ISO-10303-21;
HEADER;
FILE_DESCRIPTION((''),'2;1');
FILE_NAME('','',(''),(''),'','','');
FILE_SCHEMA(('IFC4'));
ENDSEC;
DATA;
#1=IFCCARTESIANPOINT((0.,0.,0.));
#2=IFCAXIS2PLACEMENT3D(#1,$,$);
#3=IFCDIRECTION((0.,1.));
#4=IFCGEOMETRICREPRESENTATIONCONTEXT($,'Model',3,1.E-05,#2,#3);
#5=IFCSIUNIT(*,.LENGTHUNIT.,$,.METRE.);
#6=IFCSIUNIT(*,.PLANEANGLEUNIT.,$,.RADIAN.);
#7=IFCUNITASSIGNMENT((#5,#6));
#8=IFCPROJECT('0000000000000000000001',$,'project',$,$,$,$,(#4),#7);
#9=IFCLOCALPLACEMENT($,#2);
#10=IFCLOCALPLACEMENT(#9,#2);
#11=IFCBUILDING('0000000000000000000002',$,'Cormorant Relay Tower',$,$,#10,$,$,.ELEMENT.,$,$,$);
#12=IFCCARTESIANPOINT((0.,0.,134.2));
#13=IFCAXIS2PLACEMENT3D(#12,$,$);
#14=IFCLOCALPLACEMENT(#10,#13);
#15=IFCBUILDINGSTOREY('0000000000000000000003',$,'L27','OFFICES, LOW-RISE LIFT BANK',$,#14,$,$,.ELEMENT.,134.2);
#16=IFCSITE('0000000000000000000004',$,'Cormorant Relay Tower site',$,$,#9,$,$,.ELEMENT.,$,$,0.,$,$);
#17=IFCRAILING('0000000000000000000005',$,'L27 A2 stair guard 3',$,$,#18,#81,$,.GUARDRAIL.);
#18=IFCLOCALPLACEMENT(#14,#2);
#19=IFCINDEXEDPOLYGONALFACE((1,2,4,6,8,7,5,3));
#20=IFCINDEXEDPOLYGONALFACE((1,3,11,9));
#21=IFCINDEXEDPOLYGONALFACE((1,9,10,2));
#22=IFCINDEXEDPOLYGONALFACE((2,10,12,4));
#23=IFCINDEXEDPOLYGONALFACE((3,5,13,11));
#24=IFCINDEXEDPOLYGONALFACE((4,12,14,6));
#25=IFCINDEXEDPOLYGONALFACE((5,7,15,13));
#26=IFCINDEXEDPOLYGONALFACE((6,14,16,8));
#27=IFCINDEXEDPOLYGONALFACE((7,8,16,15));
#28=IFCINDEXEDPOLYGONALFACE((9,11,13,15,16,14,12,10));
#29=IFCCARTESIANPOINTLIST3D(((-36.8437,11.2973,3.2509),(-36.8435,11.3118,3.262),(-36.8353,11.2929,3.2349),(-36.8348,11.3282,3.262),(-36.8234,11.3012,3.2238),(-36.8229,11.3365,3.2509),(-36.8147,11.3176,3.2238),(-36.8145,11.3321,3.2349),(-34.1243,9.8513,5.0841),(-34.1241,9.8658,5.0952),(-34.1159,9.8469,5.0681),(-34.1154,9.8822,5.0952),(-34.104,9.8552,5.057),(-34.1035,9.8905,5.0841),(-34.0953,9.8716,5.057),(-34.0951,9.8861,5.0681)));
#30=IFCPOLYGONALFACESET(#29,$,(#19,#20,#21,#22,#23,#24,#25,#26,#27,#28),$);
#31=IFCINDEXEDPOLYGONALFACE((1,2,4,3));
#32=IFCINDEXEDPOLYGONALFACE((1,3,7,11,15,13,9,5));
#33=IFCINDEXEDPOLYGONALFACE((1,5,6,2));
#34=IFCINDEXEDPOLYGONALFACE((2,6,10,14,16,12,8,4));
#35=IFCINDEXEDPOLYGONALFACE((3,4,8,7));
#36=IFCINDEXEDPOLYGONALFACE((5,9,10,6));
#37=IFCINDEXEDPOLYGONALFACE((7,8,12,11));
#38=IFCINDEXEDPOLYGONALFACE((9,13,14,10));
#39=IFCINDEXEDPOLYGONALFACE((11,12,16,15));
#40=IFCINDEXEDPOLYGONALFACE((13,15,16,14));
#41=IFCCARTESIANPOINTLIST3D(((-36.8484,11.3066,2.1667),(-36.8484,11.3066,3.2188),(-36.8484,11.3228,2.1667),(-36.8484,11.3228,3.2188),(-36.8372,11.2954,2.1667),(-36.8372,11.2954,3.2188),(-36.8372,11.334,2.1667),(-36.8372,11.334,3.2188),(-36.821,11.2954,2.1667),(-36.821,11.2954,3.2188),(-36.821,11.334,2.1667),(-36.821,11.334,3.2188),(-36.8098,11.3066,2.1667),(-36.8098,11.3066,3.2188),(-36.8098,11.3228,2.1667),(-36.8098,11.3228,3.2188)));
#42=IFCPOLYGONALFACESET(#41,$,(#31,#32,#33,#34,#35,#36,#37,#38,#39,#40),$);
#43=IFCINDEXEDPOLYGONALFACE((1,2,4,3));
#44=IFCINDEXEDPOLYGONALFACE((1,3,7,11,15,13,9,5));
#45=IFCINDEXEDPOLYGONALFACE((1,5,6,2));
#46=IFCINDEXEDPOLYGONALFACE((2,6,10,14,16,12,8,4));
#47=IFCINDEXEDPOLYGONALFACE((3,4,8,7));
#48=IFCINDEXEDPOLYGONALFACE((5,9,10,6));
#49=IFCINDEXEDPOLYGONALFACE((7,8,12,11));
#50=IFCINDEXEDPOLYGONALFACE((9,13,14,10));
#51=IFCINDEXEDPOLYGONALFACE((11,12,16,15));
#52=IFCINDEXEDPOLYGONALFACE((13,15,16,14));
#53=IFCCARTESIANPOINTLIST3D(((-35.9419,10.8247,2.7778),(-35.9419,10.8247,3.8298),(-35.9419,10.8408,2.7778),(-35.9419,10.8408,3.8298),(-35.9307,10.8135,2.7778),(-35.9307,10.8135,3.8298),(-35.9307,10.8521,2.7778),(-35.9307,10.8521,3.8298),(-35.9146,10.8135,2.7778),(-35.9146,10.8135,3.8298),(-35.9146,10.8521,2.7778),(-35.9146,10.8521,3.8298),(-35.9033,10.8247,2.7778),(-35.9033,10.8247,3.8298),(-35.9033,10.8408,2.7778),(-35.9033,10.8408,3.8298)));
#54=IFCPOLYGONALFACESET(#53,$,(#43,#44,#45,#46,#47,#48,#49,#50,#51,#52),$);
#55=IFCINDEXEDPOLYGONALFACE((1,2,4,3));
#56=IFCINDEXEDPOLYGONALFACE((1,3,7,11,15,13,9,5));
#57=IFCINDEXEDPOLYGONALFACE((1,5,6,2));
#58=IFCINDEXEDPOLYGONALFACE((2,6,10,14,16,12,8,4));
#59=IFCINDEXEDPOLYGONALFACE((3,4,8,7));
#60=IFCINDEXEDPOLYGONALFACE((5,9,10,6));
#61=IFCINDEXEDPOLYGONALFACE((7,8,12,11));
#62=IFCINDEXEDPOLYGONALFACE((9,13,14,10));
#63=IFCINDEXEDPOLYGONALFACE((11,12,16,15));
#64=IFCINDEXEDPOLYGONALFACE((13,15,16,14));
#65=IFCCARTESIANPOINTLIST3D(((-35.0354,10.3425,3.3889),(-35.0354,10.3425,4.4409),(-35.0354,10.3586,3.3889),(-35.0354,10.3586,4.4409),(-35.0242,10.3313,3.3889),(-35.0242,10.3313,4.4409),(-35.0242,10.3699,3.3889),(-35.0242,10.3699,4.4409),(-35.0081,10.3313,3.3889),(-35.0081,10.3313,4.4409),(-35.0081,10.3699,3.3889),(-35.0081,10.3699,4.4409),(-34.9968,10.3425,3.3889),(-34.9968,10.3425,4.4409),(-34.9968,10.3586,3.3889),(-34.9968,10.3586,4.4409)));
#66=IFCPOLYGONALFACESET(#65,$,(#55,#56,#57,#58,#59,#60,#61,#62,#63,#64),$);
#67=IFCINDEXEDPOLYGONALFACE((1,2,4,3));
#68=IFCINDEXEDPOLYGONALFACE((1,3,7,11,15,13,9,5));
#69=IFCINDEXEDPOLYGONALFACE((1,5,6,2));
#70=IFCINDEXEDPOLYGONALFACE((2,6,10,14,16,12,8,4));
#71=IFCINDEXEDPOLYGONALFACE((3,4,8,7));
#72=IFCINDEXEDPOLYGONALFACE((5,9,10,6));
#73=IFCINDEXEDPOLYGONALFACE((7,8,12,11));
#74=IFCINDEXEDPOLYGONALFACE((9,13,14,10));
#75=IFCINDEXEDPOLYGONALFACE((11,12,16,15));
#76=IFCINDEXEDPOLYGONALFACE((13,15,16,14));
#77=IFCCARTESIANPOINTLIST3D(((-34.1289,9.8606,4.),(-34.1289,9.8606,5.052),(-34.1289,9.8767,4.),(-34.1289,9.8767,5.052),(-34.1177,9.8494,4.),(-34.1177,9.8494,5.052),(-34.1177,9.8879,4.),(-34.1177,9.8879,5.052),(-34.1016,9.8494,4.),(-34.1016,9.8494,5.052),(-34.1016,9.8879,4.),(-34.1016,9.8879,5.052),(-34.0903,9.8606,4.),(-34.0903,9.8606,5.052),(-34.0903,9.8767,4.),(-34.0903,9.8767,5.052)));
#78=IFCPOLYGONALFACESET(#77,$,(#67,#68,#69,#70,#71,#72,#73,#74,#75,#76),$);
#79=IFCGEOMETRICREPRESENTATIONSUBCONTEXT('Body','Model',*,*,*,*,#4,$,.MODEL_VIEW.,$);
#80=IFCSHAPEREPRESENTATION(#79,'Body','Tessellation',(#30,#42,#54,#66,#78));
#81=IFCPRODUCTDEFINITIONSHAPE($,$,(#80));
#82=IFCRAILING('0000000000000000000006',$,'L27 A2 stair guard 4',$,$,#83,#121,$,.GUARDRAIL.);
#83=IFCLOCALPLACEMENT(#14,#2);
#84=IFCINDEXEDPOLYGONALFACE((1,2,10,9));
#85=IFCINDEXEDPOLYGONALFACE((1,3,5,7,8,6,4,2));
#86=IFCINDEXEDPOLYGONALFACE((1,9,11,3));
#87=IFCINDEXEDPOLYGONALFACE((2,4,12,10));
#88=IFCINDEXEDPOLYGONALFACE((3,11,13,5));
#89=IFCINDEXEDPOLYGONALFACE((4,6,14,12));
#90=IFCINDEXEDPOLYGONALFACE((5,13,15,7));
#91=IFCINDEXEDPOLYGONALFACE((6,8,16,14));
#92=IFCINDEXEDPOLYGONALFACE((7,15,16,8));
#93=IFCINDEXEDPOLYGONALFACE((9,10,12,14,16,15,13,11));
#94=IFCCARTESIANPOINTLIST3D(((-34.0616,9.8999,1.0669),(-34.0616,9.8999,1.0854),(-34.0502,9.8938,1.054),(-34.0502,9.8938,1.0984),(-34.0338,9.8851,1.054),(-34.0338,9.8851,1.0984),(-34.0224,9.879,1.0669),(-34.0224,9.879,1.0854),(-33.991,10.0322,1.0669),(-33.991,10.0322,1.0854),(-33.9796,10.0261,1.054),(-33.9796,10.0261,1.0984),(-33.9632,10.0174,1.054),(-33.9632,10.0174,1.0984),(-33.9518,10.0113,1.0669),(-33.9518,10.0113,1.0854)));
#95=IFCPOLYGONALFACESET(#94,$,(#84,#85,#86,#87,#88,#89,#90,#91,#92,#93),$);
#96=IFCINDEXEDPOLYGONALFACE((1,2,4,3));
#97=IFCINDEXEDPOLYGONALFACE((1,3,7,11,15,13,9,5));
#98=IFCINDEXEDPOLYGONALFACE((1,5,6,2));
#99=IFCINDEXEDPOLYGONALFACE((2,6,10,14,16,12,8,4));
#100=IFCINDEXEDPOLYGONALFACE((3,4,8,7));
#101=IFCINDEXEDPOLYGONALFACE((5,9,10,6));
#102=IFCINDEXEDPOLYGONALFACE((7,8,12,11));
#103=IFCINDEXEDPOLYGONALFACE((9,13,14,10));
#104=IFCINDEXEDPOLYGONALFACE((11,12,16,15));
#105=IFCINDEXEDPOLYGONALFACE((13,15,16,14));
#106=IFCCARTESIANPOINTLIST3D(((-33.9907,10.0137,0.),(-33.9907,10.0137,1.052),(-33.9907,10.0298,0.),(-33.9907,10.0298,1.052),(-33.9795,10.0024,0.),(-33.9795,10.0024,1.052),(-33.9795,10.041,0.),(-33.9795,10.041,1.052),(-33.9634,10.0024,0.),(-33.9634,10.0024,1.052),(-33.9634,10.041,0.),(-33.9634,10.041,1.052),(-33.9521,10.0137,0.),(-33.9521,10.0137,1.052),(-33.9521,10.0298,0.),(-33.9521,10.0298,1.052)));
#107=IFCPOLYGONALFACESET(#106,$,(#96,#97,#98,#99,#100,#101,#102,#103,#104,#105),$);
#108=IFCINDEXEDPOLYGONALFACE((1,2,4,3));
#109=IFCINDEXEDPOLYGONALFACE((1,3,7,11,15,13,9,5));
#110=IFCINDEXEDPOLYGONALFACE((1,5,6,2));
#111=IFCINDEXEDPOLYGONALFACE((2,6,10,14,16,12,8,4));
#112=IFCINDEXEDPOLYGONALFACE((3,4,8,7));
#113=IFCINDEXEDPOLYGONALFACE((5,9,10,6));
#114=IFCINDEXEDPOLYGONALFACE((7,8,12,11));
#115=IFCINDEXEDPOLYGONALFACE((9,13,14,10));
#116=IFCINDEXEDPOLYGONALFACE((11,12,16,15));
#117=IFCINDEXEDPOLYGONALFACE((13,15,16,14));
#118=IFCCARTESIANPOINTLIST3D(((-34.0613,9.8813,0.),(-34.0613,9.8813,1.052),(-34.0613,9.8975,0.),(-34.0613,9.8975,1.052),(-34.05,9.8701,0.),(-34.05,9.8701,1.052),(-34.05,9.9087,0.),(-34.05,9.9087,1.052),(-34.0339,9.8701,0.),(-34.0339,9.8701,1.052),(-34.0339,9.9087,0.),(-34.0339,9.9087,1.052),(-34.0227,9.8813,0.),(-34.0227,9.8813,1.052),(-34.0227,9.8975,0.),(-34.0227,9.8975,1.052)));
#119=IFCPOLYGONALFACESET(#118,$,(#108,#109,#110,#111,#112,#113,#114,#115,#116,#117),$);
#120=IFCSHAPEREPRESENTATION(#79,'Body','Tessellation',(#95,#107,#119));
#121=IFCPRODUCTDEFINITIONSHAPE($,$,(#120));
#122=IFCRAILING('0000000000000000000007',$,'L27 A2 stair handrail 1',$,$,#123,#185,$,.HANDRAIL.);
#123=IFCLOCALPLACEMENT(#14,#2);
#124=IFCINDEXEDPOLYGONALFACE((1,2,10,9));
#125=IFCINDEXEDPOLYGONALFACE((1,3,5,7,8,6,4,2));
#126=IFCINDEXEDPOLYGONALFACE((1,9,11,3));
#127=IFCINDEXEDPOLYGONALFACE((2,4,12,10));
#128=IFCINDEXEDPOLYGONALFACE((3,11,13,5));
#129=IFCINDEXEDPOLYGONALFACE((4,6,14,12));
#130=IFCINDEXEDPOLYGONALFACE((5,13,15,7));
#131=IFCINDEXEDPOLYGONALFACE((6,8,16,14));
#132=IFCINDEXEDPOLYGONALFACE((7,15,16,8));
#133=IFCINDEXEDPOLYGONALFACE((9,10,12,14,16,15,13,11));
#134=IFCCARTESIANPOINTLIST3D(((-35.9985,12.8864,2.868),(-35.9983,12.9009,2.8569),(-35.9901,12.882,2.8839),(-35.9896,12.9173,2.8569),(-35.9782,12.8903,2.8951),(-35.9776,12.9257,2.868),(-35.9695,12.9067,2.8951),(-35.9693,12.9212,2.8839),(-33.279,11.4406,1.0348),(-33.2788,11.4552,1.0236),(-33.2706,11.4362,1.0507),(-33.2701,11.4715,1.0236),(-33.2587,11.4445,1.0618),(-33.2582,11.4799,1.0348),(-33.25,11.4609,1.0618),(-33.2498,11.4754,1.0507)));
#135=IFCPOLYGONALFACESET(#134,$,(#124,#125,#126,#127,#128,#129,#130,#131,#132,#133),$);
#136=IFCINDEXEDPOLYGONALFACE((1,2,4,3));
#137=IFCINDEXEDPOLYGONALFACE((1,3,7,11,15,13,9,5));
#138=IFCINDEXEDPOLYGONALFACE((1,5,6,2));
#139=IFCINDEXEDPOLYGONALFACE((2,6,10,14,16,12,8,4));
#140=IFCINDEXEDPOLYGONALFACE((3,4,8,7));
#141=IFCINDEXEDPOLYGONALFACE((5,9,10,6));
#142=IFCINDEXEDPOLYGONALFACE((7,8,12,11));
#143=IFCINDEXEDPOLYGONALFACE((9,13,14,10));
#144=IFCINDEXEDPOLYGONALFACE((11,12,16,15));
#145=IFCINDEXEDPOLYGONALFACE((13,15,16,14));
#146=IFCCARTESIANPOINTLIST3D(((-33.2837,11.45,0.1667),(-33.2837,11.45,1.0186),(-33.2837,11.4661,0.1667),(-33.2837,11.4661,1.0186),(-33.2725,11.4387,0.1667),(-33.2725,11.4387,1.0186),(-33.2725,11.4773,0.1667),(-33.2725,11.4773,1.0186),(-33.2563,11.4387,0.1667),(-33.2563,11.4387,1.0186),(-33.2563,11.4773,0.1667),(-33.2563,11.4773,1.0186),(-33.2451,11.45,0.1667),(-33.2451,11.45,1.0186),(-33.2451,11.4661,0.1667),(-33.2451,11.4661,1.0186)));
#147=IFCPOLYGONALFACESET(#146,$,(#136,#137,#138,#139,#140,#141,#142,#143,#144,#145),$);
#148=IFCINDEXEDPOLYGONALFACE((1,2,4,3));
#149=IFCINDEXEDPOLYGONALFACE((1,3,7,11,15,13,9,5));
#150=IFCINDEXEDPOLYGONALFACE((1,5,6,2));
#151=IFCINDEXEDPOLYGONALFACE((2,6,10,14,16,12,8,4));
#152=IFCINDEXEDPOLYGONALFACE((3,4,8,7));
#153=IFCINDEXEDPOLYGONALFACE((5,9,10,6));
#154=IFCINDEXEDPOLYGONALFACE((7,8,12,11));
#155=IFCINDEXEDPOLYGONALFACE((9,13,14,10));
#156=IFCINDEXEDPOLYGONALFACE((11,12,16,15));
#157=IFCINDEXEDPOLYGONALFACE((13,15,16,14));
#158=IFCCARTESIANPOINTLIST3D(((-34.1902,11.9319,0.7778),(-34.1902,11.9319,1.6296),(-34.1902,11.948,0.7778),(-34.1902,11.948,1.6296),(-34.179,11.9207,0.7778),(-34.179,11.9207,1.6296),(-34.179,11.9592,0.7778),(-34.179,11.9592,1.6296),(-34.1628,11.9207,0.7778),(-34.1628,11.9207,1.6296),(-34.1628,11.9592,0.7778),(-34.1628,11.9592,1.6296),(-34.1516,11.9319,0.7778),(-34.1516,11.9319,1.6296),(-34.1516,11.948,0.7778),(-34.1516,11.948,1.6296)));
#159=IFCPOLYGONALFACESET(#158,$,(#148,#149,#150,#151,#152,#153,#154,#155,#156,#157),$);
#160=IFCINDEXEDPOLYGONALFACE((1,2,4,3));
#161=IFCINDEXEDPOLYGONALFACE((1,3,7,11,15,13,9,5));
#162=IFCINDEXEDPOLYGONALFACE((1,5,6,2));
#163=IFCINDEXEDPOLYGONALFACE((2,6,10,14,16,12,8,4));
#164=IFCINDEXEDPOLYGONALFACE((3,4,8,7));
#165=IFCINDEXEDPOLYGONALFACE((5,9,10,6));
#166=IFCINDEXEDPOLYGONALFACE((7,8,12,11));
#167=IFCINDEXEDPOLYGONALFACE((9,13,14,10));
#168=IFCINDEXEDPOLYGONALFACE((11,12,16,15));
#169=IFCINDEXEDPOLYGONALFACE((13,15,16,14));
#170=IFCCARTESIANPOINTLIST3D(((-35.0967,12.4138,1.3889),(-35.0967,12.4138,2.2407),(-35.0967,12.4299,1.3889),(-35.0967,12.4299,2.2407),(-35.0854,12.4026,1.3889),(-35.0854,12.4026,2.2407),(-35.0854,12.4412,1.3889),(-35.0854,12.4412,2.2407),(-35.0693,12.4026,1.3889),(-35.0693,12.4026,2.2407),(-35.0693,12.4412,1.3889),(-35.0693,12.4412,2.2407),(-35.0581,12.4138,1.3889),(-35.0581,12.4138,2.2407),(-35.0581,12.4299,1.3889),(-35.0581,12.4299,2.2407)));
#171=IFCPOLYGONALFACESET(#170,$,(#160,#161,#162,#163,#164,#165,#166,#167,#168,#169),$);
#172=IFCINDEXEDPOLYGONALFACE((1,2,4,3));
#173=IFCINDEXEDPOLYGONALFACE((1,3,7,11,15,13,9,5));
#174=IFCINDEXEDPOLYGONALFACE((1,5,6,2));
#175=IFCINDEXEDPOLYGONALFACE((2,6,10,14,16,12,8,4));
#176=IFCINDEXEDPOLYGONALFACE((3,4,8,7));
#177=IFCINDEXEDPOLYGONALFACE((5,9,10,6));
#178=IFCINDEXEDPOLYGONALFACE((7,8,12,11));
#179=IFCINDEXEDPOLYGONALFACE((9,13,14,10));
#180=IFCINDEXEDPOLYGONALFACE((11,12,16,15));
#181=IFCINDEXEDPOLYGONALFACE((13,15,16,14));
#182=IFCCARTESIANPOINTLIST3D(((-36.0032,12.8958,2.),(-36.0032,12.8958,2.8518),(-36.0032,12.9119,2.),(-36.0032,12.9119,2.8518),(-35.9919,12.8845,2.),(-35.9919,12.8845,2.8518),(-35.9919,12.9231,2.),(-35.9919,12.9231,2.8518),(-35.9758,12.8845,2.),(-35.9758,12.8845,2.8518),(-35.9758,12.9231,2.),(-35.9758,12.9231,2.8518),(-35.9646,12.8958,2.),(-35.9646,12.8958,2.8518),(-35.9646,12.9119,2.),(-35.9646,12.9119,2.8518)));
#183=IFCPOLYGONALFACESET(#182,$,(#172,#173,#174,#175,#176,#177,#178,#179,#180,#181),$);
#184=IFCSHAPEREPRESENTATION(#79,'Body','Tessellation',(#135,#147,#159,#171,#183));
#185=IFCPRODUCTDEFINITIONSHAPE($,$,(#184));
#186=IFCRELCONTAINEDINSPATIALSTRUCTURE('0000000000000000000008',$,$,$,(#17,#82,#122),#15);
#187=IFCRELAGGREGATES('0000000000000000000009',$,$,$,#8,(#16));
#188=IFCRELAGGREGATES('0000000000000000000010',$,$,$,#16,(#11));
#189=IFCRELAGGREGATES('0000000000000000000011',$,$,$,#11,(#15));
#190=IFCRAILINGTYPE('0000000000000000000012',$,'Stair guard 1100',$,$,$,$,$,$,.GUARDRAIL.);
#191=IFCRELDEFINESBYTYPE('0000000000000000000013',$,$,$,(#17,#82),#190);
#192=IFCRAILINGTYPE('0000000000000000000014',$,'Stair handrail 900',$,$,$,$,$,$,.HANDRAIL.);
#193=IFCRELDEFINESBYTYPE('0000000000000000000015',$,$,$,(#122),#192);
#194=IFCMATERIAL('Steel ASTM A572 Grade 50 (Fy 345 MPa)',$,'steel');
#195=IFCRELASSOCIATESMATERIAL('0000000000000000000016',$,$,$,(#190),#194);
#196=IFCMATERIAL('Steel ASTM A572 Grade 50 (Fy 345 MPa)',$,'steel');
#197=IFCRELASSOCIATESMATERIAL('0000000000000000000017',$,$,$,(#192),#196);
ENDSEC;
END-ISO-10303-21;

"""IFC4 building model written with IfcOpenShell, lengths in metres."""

from ifc_helpers import new_model, si_unit, direction, frame, origin, place, context, subcontext, project, spatial, polyline, outline, extrude, material, type_object, element, save


model = new_model("IFC4")

# Units and contexts
model_context = context("Model", 3, precision=1e-05, world=origin(), true_north=direction((0.0, 1.0)))
body_context = subcontext(model_context, "Body", "Model", "MODEL_VIEW")
ifc_project = project(units=[si_unit("LENGTHUNIT", "METRE"), si_unit("PLANEANGLEUNIT", "RADIAN")], contexts=[model_context])

# Site, building, storey
site_placement = place(None, origin())
site = spatial("IfcSite", under=ifc_project, at=site_placement, Name="Cormorant Relay Tower site", CompositionType="ELEMENT", RefElevation=0.0)
building_placement = place(site_placement, origin())
building = spatial("IfcBuilding", under=site, at=building_placement, Name="Cormorant Relay Tower", CompositionType="ELEMENT")
storey_placement = place(building_placement, frame((0.0, 0.0, 134.2)))
storey = spatial("IfcBuildingStorey", under=building, at=storey_placement, Name="L27", Description="OFFICES, LOW-RISE LIFT BANK", CompositionType="ELEMENT", Elevation=134.2)

# Railings
ifc_material_1 = material(Name="Steel ASTM A572 Grade 50 (Fy 345 MPa)", Category="steel")
railing_type_1 = type_object("IfcRailingType", Name="Stair guard 1100", PredefinedType="GUARDRAIL", material=ifc_material_1)
railing_1_placement = place(storey_placement, frame((-36.8291, 11.3147, 2.1667)))
element("IfcRailing", 1, at=railing_1_placement, inside=storey, type_object=railing_type_1, Name="L27 A2 stair guard 3", PredefinedType="GUARDRAIL", context=body_context, shape_type="SweptSolid", body=[
    extrude(outline(polyline([(0.0222, 0.0093), (0.0093, 0.0222), (-0.0093, 0.0222), (-0.0222, 0.0093), (-0.0222, -0.0093), (-0.0093, -0.0222), (0.0093, -0.0222), (0.0222, -0.0093), (0.0222, 0.0093)])), frame((0.0, 0.0, 1.0762), z_axis=(0.758714, -0.403435, 0.511463), x_axis=(0.469489, 0.882938, 0.0)), (0.0, 0.0, 1.0), 3.5842),
    extrude(outline(polyline([(0.0193, 0.0081), (0.0081, 0.0193), (-0.0081, 0.0193), (-0.0193, 0.0081), (-0.0193, -0.0081), (-0.0081, -0.0193), (0.0081, -0.0193), (0.0193, -0.0081), (0.0193, 0.0081)])), origin(), (0.0, 0.0, 1.0), 1.052),
    extrude(outline(polyline([(0.0193, 0.0081), (0.0081, 0.0193), (-0.0081, 0.0193), (-0.0193, 0.0081), (-0.0193, -0.0081), (-0.0081, -0.0193), (0.0081, -0.0193), (0.0193, -0.0081), (0.0193, 0.0081)])), frame((0.9065, -0.4819, 0.6111)), (0.0, 0.0, 1.0), 1.052),
    extrude(outline(polyline([(0.0193, 0.0081), (0.0081, 0.0193), (-0.0081, 0.0193), (-0.0193, 0.0081), (-0.0193, -0.0081), (-0.0081, -0.0193), (0.0081, -0.0193), (0.0193, -0.0081), (0.0193, 0.0081)])), frame((1.813, -0.9641, 1.2222)), (0.0, 0.0, 1.0), 1.052),
    extrude(outline(polyline([(0.0193, 0.0081), (0.0081, 0.0193), (-0.0081, 0.0193), (-0.0193, 0.0081), (-0.0193, -0.0081), (-0.0081, -0.0193), (0.0081, -0.0193), (0.0193, -0.0081), (0.0193, 0.0081)])), frame((2.7195, -1.446, 1.8333)), (0.0, 0.0, 1.0), 1.052),
])
railing_2_placement = place(storey_placement, frame((-33.9714, 10.0217, 0.0)))
element("IfcRailing", 2, at=railing_2_placement, inside=storey, type_object=railing_type_1, Name="L27 A2 stair guard 4", PredefinedType="GUARDRAIL", context=body_context, shape_type="SweptSolid", body=[
    extrude(outline(polyline([(0.0222, 0.0093), (0.0093, 0.0222), (-0.0093, 0.0222), (-0.0222, 0.0093), (-0.0222, -0.0093), (-0.0093, -0.0222), (0.0093, -0.0222), (0.0222, -0.0093), (0.0222, 0.0093)])), frame((0.0, 0.0, 1.0762), z_axis=(-0.470504, -0.882398, 0.0), x_axis=(0.882398, -0.470504, 0.0)), (0.0, 0.0, 1.0), 0.1499),
    extrude(outline(polyline([(0.0193, 0.0081), (0.0081, 0.0193), (-0.0081, 0.0193), (-0.0193, 0.0081), (-0.0193, -0.0081), (-0.0081, -0.0193), (0.0081, -0.0193), (0.0193, -0.0081), (0.0193, 0.0081)])), origin(), (0.0, 0.0, 1.0), 1.052),
    extrude(outline(polyline([(0.0193, 0.0081), (0.0081, 0.0193), (-0.0081, 0.0193), (-0.0193, 0.0081), (-0.0193, -0.0081), (-0.0081, -0.0193), (0.0081, -0.0193), (0.0193, -0.0081), (0.0193, 0.0081)])), frame((-0.0706, -0.1323, 0.0)), (0.0, 0.0, 1.0), 1.052),
])
ifc_material_2 = material(Name="Steel ASTM A572 Grade 50 (Fy 345 MPa)", Category="steel")
railing_type_2 = type_object("IfcRailingType", Name="Stair handrail 900", PredefinedType="HANDRAIL", material=ifc_material_2)
railing_3_placement = place(storey_placement, frame((-33.2644, 11.458, 0.1667)))
element("IfcRailing", 3, at=railing_3_placement, inside=storey, type_object=railing_type_2, Name="L27 A2 stair handrail 1", PredefinedType="HANDRAIL", context=body_context, shape_type="SweptSolid", body=[
    extrude(outline(polyline([(0.0222, 0.0093), (0.0093, 0.0222), (-0.0093, 0.0222), (-0.0222, 0.0093), (-0.0222, -0.0093), (-0.0093, -0.0222), (0.0093, -0.0222), (0.0222, -0.0093), (0.0222, 0.0093)])), frame((0.0, 0.0, 0.876), z_axis=(-0.758735, 0.403378, 0.511477), x_axis=(-0.469428, -0.882971, 0.0)), (0.0, 0.0, 1.0), 3.5842),
    extrude(outline(polyline([(0.0193, 0.0081), (0.0081, 0.0193), (-0.0081, 0.0193), (-0.0193, 0.0081), (-0.0193, -0.0081), (-0.0081, -0.0193), (0.0081, -0.0193), (0.0193, -0.0081), (0.0193, 0.0081)])), origin(), (0.0, 0.0, 1.0), 0.8518),
    extrude(outline(polyline([(0.0193, 0.0081), (0.0081, 0.0193), (-0.0081, 0.0193), (-0.0193, 0.0081), (-0.0193, -0.0081), (-0.0081, -0.0193), (0.0081, -0.0193), (0.0193, -0.0081), (0.0193, 0.0081)])), frame((-0.9065, 0.4819, 0.6111)), (0.0, 0.0, 1.0), 0.8518),
    extrude(outline(polyline([(0.0193, 0.0081), (0.0081, 0.0193), (-0.0081, 0.0193), (-0.0193, 0.0081), (-0.0193, -0.0081), (-0.0081, -0.0193), (0.0081, -0.0193), (0.0193, -0.0081), (0.0193, 0.0081)])), frame((-1.813, 0.9639, 1.2222)), (0.0, 0.0, 1.0), 0.8518),
    extrude(outline(polyline([(0.0193, 0.0081), (0.0081, 0.0193), (-0.0081, 0.0193), (-0.0193, 0.0081), (-0.0193, -0.0081), (-0.0081, -0.0193), (0.0081, -0.0193), (0.0193, -0.0081), (0.0193, 0.0081)])), frame((-2.7195, 1.4458, 1.8333)), (0.0, 0.0, 1.0), 0.8518),
])

save(model, "model.ifc")
